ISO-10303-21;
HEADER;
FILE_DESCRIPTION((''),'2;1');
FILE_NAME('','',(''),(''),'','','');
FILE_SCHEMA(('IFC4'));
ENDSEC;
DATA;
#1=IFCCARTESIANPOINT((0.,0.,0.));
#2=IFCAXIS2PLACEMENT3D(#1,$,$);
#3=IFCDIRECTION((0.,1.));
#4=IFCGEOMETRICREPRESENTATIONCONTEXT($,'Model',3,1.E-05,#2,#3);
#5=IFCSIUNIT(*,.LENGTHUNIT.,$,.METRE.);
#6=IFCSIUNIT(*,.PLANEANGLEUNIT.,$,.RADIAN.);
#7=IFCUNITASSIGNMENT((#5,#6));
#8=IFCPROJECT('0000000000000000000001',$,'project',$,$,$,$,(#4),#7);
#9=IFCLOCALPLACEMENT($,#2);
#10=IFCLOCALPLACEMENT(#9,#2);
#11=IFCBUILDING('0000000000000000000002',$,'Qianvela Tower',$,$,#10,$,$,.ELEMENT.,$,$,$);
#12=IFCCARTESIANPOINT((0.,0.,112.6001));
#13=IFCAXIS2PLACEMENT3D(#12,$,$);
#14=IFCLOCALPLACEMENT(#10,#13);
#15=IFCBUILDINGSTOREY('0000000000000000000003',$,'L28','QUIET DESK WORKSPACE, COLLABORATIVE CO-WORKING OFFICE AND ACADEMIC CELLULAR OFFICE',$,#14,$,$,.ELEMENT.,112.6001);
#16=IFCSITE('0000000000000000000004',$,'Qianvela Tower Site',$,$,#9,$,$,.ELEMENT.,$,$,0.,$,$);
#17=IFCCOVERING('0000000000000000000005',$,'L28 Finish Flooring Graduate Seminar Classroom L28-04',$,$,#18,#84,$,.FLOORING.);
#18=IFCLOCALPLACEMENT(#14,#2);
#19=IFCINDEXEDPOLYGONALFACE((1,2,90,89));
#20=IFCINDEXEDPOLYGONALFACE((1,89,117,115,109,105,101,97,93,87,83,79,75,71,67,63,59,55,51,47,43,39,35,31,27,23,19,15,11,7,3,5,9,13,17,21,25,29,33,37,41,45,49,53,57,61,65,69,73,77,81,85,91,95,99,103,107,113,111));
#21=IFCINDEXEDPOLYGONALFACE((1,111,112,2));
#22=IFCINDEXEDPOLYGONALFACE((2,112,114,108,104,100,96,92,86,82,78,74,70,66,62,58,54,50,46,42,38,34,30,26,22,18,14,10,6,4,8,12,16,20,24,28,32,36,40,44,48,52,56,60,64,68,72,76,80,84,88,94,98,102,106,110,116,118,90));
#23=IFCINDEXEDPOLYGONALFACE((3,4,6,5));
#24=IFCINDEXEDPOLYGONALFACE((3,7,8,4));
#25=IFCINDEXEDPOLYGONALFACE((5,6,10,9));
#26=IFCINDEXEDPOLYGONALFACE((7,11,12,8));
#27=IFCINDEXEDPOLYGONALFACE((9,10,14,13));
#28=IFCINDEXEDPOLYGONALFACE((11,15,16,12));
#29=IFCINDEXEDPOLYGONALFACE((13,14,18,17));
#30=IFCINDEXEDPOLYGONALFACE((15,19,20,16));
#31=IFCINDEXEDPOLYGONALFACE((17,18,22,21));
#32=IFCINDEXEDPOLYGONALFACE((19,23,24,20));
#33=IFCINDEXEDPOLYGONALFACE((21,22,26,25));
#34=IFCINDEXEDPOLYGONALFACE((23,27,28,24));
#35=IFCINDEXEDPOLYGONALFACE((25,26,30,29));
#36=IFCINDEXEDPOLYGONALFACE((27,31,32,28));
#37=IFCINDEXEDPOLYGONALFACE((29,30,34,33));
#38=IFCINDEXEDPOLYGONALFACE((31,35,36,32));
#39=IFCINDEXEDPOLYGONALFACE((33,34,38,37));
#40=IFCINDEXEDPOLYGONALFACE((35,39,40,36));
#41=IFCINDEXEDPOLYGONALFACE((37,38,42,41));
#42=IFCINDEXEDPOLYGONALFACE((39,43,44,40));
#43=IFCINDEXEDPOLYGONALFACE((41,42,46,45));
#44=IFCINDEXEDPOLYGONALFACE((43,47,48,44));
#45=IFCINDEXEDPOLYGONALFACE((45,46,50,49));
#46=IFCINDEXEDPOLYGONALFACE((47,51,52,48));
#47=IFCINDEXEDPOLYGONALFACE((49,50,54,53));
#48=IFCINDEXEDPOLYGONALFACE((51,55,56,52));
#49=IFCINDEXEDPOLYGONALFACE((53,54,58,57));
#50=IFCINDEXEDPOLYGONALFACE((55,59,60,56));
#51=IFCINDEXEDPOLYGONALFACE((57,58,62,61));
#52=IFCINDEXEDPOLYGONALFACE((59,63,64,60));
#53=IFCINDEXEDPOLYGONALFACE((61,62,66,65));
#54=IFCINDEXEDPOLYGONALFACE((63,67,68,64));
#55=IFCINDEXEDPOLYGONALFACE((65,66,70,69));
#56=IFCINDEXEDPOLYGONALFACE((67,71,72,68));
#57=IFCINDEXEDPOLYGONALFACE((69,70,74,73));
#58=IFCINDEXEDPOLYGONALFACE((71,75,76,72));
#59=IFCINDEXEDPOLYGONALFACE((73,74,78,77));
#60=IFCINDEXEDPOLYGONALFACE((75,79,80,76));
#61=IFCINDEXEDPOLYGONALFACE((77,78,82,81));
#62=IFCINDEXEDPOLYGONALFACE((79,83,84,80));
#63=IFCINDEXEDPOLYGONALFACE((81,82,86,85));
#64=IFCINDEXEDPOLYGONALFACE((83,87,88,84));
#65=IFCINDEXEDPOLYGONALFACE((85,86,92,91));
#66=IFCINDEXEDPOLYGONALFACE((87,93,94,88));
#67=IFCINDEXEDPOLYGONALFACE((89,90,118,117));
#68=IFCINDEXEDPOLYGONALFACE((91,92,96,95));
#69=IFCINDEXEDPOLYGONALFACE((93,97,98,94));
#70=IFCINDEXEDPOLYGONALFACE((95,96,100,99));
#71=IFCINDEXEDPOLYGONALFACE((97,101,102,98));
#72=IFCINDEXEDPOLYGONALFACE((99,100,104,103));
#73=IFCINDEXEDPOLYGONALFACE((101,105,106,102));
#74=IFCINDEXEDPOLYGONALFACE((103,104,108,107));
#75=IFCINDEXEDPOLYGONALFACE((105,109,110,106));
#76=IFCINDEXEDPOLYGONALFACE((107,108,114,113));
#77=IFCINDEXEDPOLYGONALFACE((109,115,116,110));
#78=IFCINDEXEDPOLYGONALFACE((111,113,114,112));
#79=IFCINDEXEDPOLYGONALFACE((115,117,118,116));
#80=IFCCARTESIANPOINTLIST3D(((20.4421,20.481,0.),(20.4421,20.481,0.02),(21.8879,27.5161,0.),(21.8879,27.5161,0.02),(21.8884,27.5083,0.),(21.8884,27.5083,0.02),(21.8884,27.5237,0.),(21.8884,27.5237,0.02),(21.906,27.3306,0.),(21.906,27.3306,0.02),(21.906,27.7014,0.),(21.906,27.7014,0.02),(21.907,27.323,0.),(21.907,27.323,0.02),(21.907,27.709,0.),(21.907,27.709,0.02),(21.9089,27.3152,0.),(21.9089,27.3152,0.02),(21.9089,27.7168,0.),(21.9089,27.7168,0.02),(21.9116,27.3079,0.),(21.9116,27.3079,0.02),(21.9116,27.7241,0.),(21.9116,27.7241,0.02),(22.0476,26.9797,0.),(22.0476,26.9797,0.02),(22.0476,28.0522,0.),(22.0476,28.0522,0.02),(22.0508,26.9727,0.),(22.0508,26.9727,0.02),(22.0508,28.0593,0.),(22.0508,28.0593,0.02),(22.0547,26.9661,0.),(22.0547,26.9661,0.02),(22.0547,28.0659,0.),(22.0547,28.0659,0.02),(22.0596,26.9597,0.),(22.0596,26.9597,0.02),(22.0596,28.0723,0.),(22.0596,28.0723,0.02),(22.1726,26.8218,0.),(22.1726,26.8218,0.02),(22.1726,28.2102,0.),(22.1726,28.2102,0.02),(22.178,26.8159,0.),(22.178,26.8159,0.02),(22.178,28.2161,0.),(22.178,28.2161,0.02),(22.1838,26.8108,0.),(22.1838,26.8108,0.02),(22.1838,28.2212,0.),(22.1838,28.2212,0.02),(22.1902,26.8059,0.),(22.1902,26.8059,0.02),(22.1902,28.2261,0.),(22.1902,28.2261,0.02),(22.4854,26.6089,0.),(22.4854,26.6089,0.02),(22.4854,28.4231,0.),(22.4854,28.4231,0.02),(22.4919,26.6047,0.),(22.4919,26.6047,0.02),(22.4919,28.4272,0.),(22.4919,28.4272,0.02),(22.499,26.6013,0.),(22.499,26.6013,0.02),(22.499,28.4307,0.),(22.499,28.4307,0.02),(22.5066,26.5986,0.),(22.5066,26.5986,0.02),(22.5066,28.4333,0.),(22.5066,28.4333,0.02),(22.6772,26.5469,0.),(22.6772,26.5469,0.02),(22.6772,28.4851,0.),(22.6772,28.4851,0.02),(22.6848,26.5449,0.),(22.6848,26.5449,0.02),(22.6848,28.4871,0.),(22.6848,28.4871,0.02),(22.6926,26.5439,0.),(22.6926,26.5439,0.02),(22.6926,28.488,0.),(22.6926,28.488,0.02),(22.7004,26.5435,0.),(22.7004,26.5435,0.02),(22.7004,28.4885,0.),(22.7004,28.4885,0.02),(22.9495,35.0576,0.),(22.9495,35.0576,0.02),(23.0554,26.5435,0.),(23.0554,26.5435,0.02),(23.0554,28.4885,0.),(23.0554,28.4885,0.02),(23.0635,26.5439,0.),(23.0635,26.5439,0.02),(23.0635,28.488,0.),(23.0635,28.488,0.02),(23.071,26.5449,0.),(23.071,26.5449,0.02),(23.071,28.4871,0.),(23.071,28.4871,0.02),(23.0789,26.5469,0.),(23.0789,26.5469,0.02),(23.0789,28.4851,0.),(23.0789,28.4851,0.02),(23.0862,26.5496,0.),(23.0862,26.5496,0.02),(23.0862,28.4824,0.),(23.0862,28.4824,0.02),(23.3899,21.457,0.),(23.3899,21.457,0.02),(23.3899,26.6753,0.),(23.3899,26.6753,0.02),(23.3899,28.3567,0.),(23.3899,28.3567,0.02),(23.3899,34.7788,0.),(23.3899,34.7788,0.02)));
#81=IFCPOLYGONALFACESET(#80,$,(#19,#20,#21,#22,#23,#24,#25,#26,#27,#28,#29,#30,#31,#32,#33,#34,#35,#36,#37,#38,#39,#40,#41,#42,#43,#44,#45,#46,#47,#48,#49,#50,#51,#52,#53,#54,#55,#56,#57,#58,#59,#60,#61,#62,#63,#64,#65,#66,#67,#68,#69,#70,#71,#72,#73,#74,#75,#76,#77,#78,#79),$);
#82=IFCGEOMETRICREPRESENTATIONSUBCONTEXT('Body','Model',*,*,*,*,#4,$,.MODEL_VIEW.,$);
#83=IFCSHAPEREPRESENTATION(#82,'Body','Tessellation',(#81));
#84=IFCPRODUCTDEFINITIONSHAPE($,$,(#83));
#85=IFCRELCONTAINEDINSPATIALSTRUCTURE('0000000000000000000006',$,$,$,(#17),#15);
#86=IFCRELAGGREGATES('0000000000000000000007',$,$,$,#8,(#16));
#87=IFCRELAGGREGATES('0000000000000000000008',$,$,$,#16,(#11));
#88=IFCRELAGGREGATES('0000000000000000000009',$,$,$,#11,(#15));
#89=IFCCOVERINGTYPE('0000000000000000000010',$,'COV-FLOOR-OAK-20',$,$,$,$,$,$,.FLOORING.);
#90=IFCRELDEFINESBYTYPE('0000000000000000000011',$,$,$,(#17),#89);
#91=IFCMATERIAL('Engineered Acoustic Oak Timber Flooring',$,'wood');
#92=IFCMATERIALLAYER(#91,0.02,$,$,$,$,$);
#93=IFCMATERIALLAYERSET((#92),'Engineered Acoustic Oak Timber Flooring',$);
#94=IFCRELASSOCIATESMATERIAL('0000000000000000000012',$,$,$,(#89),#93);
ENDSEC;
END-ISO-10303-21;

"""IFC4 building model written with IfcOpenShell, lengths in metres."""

from ifc_helpers import new_model, si_unit, direction, frame, origin, place, context, subcontext, project, spatial, polyline, outline, extrude, material, layer, layer_set, type_object, element, save


model = new_model("IFC4")

# Units and contexts
model_context = context("Model", 3, precision=1e-05, world=origin(), true_north=direction((0.0, 1.0)))
body_context = subcontext(model_context, "Body", "Model", "MODEL_VIEW")
ifc_project = project(units=[si_unit("LENGTHUNIT", "METRE"), si_unit("PLANEANGLEUNIT", "RADIAN")], contexts=[model_context])

# Site, building, storey
site_placement = place(None, origin())
site = spatial("IfcSite", under=ifc_project, at=site_placement, Name="Qianvela Tower Site", CompositionType="ELEMENT", RefElevation=0.0)
building_placement = place(site_placement, origin())
building = spatial("IfcBuilding", under=site, at=building_placement, Name="Qianvela Tower", CompositionType="ELEMENT")
storey_placement = place(building_placement, frame((0.0, 0.0, 112.6001)))
storey = spatial("IfcBuildingStorey", under=building, at=storey_placement, Name="L28", Description="QUIET DESK WORKSPACE, COLLABORATIVE CO-WORKING OFFICE AND ACADEMIC CELLULAR OFFICE", CompositionType="ELEMENT", Elevation=112.6001)

# Covering
ifc_material_1 = material(Name="Engineered Acoustic Oak Timber Flooring", Category="wood")
ifc_layer_1 = layer(ifc_material_1, 0.02)
ifc_layer_set_1 = layer_set([ifc_layer_1], Name="Engineered Acoustic Oak Timber Flooring")
covering_type_1 = type_object("IfcCoveringType", Name="COV-FLOOR-OAK-20", PredefinedType="FLOORING", material=ifc_layer_set_1)
covering_1_placement = place(storey_placement, origin())
element("IfcCovering", 1, at=covering_1_placement, inside=storey, type_object=covering_type_1, Name="L28 Finish Flooring Graduate Seminar Classroom L28-04", PredefinedType="FLOORING", context=body_context, shape_type="SweptSolid", body=[
    extrude(outline(polyline([(23.3899, 26.6753), (23.3899, 21.457), (20.4421, 20.481), (22.9495, 35.0576), (23.3899, 34.7788), (23.3899, 28.3567), (23.0862, 28.4824), (23.0789, 28.4851), (23.071, 28.4871), (23.0635, 28.488), (23.0554, 28.4885), (22.7004, 28.4885), (22.6926, 28.488), (22.6848, 28.4871), (22.6772, 28.4851), (22.5066, 28.4333), (22.499, 28.4307), (22.4919, 28.4272), (22.4854, 28.4231), (22.1902, 28.2261), (22.1838, 28.2212), (22.178, 28.2161), (22.1726, 28.2102), (22.0596, 28.0723), (22.0547, 28.0659), (22.0508, 28.0593), (22.0476, 28.0522), (21.9116, 27.7241), (21.9089, 27.7168), (21.907, 27.709), (21.906, 27.7014), (21.8884, 27.5237), (21.8879, 27.5161), (21.8884, 27.5083), (21.906, 27.3306), (21.907, 27.323), (21.9089, 27.3152), (21.9116, 27.3079), (22.0476, 26.9797), (22.0508, 26.9727), (22.0547, 26.9661), (22.0596, 26.9597), (22.1726, 26.8218), (22.178, 26.8159), (22.1838, 26.8108), (22.1902, 26.8059), (22.4854, 26.6089), (22.4919, 26.6047), (22.499, 26.6013), (22.5066, 26.5986), (22.6772, 26.5469), (22.6848, 26.5449), (22.6926, 26.5439), (22.7004, 26.5435), (23.0554, 26.5435), (23.0635, 26.5439), (23.071, 26.5449), (23.0789, 26.5469), (23.0862, 26.5496), (23.3899, 26.6753)])), origin(), (0.0, 0.0, 1.0), 0.02),
])

save(model, "model.ifc")
